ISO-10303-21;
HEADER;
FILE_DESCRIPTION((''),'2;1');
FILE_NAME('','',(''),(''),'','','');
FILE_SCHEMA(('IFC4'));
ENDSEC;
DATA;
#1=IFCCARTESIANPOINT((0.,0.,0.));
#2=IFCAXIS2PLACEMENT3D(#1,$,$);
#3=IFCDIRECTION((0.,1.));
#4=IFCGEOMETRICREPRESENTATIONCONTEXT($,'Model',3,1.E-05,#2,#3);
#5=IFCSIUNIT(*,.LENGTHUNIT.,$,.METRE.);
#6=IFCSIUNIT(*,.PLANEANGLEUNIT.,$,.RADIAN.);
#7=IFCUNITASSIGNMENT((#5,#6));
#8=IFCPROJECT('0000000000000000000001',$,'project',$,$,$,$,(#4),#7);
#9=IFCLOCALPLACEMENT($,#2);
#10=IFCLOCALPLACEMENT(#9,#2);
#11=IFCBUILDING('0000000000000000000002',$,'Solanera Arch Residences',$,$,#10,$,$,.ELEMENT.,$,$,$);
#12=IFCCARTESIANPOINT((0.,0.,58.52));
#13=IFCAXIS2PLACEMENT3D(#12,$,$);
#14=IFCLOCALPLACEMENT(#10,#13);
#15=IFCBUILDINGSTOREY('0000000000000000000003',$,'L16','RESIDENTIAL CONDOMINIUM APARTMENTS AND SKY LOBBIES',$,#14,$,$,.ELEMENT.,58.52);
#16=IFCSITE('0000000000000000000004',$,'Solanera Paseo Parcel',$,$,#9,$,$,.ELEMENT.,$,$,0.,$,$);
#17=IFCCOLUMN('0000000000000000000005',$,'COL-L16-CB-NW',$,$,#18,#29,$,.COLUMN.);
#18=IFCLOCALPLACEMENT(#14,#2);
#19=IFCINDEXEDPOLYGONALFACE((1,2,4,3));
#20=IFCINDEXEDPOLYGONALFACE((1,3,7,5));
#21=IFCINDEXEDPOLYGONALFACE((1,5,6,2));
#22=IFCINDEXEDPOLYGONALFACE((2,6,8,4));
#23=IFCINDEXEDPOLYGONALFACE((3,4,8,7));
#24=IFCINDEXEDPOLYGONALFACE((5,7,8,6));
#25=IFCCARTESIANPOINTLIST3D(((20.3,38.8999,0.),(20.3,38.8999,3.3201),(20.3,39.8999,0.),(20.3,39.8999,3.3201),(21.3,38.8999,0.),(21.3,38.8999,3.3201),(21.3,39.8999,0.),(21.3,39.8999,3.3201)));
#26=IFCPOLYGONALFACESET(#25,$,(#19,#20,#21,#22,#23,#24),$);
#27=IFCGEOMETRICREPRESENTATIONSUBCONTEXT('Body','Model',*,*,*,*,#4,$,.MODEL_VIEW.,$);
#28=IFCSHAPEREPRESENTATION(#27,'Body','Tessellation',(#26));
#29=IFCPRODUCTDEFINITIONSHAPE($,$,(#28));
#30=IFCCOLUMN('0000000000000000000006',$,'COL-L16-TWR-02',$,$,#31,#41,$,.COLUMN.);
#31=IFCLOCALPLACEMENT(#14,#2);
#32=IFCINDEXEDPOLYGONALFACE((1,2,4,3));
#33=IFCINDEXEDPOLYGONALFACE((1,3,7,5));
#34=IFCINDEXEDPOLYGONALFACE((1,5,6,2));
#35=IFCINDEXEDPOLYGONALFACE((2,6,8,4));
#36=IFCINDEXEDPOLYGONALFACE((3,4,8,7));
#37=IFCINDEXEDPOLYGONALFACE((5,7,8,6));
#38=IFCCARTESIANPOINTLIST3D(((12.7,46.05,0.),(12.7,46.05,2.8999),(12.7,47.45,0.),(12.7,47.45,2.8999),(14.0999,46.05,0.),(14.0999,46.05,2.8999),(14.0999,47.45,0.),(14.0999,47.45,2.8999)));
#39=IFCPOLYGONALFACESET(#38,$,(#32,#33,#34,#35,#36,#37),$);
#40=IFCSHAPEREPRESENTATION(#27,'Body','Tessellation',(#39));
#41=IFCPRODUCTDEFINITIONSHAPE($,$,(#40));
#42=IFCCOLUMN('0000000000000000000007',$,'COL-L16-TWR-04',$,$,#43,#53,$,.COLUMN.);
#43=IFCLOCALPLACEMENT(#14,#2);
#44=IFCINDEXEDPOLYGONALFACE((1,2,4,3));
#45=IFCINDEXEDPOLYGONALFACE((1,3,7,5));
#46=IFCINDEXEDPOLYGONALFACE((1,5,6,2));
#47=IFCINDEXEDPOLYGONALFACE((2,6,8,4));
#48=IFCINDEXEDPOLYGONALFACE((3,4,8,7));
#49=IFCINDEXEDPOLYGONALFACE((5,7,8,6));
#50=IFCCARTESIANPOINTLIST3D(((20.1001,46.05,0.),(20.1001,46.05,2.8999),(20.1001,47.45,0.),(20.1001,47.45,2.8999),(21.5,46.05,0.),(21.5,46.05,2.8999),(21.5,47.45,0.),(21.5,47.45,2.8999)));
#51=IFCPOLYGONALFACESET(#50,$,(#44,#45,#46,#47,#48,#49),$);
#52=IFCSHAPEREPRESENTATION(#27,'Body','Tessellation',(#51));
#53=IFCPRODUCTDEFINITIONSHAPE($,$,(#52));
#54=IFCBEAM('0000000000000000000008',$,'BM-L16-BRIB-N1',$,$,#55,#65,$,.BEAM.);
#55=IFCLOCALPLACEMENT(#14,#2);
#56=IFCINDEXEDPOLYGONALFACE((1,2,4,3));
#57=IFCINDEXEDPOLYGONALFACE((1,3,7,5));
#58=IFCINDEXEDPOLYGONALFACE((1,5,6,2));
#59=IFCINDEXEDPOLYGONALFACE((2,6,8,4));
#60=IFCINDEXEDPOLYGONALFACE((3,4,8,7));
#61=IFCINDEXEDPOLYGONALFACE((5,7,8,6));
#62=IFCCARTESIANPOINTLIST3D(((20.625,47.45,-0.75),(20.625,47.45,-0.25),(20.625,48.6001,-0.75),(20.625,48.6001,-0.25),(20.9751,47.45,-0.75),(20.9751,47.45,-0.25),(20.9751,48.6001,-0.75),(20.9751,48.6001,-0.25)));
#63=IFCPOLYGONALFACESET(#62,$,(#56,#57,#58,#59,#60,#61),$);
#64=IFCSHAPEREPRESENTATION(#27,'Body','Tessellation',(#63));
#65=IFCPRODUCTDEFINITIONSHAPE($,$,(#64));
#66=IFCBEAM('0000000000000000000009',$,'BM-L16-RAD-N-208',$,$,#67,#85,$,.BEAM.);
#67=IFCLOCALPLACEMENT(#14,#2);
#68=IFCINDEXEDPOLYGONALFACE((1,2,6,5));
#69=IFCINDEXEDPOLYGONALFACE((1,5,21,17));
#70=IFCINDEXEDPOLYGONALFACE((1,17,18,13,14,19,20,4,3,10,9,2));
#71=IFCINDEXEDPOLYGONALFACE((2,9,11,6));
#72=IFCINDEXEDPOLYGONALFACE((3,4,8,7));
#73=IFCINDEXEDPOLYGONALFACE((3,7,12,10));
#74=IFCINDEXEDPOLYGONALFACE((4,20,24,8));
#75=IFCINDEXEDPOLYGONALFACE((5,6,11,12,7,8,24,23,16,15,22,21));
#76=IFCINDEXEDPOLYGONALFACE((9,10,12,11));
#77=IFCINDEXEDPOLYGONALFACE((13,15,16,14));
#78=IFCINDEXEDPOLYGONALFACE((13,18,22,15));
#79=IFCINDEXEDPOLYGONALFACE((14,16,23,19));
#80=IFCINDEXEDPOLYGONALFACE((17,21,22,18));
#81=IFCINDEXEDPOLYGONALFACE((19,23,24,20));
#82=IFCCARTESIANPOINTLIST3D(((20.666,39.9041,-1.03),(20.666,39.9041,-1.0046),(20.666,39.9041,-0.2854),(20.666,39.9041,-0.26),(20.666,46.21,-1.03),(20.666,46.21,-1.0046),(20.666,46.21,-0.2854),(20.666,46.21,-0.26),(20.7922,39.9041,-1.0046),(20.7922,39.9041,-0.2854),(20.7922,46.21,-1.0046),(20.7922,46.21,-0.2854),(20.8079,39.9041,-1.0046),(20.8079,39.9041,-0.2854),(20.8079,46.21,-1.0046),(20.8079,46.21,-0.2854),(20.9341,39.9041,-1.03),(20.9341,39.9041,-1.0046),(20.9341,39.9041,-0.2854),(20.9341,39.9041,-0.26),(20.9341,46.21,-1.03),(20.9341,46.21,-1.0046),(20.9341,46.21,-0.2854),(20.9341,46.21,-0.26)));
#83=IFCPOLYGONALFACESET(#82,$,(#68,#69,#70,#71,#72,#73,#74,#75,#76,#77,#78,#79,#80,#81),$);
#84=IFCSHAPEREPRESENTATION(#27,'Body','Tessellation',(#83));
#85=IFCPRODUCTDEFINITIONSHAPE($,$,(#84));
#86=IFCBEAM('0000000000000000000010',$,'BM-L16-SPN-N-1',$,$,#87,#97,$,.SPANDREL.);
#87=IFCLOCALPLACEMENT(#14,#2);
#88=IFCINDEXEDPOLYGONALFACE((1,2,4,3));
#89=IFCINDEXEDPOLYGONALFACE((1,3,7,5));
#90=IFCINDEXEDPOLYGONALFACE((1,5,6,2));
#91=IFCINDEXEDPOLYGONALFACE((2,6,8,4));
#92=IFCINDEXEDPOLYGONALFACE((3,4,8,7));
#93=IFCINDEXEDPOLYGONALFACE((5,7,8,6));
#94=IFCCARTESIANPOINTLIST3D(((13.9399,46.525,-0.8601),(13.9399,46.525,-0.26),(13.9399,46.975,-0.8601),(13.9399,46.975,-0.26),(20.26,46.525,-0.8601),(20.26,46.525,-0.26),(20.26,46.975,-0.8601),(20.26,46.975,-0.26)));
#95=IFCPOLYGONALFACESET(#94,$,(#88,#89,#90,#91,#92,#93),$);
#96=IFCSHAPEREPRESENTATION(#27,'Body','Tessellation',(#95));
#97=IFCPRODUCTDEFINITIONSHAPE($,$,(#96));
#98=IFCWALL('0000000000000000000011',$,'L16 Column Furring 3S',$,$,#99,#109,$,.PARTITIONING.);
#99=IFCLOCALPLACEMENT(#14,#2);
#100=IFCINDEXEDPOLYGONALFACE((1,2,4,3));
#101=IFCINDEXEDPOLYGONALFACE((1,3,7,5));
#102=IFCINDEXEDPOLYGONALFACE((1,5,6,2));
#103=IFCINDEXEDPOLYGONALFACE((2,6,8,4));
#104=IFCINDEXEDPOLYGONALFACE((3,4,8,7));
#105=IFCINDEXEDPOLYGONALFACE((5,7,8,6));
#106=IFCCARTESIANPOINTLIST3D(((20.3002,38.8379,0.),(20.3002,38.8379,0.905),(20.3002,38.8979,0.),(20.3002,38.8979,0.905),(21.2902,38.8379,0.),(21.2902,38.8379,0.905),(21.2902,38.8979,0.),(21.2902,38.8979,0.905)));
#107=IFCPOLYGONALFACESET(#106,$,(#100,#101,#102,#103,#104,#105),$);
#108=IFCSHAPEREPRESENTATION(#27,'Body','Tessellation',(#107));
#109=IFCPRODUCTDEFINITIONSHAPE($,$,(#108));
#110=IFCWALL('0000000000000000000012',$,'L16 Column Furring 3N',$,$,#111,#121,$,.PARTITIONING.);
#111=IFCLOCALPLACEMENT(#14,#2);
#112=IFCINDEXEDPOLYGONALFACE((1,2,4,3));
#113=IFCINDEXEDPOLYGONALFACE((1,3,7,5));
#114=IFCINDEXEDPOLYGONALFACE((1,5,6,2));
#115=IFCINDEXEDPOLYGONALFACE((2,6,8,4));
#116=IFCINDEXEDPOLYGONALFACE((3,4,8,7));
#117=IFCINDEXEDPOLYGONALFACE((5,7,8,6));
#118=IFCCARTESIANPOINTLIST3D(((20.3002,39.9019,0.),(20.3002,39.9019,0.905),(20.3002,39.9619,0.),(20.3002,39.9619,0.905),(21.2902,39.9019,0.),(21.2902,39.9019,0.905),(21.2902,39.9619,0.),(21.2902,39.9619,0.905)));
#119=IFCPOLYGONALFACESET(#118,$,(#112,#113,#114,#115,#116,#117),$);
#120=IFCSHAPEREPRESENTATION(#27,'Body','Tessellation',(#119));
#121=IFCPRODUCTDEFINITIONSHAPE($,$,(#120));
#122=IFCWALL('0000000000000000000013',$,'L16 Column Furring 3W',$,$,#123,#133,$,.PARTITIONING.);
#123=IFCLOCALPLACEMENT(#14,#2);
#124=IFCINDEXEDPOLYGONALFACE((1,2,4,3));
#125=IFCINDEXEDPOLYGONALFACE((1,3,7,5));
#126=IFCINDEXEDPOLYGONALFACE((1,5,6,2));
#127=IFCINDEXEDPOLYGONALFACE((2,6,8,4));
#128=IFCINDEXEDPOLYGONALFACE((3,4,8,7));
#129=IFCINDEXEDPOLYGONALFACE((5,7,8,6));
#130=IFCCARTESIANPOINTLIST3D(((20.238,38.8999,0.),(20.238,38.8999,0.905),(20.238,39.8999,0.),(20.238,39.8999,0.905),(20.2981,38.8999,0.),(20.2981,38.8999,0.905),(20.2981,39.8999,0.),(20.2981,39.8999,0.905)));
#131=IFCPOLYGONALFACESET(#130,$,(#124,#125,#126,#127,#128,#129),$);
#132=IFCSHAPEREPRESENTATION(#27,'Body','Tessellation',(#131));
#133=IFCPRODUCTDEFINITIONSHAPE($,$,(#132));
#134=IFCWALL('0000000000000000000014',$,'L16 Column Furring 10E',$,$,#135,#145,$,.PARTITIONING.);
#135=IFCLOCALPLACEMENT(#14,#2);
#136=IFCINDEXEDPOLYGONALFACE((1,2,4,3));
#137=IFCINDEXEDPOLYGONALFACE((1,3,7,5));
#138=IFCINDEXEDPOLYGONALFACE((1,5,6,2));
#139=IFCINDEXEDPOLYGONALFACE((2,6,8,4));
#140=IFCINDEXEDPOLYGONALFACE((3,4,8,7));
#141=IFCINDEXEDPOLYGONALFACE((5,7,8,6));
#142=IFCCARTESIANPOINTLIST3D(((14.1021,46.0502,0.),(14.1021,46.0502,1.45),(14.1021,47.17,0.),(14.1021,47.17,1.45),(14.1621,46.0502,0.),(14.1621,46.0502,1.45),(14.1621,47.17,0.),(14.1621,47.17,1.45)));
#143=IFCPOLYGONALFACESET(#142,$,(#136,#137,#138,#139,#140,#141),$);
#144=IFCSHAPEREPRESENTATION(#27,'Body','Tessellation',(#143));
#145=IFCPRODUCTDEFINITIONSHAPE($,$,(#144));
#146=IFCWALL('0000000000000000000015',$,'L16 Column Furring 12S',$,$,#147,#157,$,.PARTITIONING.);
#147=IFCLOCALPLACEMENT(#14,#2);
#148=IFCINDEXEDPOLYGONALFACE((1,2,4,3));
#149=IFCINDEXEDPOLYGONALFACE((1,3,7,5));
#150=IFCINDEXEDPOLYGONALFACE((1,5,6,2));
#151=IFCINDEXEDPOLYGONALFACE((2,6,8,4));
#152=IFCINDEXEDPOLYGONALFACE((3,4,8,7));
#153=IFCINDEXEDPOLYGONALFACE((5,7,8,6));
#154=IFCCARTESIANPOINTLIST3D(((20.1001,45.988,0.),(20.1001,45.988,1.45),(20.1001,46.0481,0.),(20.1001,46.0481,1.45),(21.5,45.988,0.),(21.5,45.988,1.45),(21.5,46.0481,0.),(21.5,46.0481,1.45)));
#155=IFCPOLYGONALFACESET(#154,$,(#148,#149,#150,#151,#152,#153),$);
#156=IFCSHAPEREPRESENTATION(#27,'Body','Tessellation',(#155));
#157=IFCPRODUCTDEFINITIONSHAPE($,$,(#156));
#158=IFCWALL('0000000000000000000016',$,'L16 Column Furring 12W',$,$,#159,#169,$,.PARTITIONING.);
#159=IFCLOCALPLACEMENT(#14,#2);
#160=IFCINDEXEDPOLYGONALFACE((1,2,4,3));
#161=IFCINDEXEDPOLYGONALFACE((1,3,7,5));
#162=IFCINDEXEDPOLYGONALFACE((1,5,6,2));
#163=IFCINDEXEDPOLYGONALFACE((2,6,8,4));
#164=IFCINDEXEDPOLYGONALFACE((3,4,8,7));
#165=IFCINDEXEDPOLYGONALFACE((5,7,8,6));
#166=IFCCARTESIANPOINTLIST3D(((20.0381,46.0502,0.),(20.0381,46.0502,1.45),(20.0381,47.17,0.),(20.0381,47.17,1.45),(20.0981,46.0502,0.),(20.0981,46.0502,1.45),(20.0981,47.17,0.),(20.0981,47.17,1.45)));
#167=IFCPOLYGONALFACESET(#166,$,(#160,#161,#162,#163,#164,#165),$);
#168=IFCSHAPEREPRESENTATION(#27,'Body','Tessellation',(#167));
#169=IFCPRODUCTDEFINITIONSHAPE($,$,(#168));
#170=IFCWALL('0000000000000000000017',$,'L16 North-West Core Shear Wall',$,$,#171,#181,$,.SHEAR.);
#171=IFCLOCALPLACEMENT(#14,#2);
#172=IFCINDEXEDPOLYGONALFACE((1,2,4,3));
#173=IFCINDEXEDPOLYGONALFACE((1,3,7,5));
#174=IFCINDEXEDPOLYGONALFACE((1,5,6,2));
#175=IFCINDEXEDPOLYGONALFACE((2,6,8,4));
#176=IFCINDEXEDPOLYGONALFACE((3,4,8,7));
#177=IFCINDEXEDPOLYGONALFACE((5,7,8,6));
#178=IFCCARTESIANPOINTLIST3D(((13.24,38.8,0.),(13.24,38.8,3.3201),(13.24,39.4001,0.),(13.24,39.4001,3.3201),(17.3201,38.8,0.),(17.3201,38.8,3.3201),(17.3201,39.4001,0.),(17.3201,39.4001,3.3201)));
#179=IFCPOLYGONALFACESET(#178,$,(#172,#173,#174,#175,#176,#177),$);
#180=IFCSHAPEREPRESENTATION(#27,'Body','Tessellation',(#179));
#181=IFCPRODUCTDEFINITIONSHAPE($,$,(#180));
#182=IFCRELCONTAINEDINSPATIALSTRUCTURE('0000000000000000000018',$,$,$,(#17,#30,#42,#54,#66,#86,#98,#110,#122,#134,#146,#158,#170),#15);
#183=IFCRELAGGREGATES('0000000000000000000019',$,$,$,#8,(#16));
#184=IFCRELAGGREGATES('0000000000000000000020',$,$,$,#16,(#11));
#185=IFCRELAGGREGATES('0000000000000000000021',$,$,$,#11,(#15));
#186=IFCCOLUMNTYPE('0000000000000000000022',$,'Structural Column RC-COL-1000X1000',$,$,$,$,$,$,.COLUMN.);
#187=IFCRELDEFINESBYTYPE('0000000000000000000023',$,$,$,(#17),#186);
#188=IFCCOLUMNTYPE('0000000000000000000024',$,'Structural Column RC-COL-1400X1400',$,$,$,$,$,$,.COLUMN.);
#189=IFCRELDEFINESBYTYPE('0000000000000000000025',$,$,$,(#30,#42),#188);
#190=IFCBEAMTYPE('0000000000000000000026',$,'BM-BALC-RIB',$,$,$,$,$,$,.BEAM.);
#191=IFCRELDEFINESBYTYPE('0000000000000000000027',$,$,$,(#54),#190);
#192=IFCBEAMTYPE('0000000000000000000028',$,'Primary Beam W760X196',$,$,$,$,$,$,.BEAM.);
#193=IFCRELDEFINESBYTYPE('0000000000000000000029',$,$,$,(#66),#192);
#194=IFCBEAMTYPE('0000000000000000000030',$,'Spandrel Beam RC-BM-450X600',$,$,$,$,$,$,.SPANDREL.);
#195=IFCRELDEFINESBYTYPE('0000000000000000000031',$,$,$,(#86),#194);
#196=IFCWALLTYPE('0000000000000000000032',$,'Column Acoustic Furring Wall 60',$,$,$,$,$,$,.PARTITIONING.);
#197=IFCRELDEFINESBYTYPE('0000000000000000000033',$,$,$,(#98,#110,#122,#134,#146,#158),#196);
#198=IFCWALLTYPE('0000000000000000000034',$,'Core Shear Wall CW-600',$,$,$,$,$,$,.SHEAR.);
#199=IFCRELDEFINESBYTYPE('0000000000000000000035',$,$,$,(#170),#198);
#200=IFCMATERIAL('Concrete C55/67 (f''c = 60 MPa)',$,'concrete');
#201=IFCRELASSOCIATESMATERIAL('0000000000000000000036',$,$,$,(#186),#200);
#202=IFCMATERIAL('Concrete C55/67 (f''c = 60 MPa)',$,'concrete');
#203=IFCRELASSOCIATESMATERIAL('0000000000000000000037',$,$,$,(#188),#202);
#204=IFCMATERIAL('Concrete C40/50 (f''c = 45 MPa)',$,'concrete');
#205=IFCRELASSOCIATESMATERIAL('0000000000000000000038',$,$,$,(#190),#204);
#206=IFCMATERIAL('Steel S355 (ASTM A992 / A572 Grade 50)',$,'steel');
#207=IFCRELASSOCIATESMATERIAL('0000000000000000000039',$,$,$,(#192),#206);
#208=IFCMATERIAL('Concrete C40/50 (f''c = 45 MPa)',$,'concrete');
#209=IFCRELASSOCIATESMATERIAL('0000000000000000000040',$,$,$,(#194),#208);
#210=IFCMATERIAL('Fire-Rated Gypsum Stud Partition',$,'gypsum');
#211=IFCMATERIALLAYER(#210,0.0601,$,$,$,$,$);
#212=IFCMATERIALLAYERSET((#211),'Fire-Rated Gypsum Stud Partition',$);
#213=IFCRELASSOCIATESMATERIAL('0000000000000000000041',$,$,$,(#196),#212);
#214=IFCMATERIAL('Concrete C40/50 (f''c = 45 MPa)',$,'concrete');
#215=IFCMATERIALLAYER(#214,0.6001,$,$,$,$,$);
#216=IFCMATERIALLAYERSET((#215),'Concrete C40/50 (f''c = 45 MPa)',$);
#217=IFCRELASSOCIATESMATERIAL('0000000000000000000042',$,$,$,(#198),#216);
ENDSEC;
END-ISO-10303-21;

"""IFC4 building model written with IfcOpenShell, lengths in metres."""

from ifc_helpers import new_model, si_unit, direction, frame, frame_2d, origin, origin_2d, place, context, subcontext, project, spatial, rectangle, i_section, extrude, material, layer, layer_set, material_profile, profile_set, type_object, element, save


model = new_model("IFC4")

# Units and contexts
model_context = context("Model", 3, precision=1e-05, world=origin(), true_north=direction((0.0, 1.0)))
body_context = subcontext(model_context, "Body", "Model", "MODEL_VIEW")
ifc_project = project(units=[si_unit("LENGTHUNIT", "METRE"), si_unit("PLANEANGLEUNIT", "RADIAN")], contexts=[model_context])

# Site, building, storey
site_placement = place(None, origin())
site = spatial("IfcSite", under=ifc_project, at=site_placement, Name="Solanera Paseo Parcel", CompositionType="ELEMENT", RefElevation=0.0)
building_placement = place(site_placement, origin())
building = spatial("IfcBuilding", under=site, at=building_placement, Name="Solanera Arch Residences", CompositionType="ELEMENT")
storey_placement = place(building_placement, frame((0.0, 0.0, 58.52)))
storey = spatial("IfcBuildingStorey", under=building, at=storey_placement, Name="L16", Description="RESIDENTIAL CONDOMINIUM APARTMENTS AND SKY LOBBIES", CompositionType="ELEMENT", Elevation=58.52)

# Columns
ifc_material_1 = material(Name="Concrete C55/67 (f'c = 60 MPa)", Category="concrete")
ifc_material_profile_1 = material_profile(ifc_material_1, rectangle(XDim=1.0, YDim=1.0, at=origin_2d()))
ifc_profile_set_1 = profile_set([ifc_material_profile_1], Name="Concrete C55/67 (f'c = 60 MPa)")
column_type_1 = type_object("IfcColumnType", Name="Structural Column RC-COL-1000X1000", PredefinedType="COLUMN", material=ifc_profile_set_1)
column_placement = place(storey_placement, frame((20.8, 39.3999, 0.0), z_axis=(0.0, 0.0, 1.0), x_axis=(1.0, 0.0, 0.0)))
element("IfcColumn", 1, at=column_placement, inside=storey, type_object=column_type_1, Name="COL-L16-CB-NW", PredefinedType="COLUMN", context=body_context, shape_type="SweptSolid", body=[
    extrude(rectangle(XDim=1.0, YDim=1.0, at=origin_2d()), origin(), (0.0, 0.0, 1.0), 3.3201),
])
ifc_material_2 = material(Name="Concrete C55/67 (f'c = 60 MPa)", Category="concrete")
ifc_material_profile_2 = material_profile(ifc_material_2, rectangle(XDim=1.3999, YDim=1.3999, at=origin_2d()))
ifc_profile_set_2 = profile_set([ifc_material_profile_2], Name="Concrete C55/67 (f'c = 60 MPa)")
column_type_2 = type_object("IfcColumnType", Name="Structural Column RC-COL-1400X1400", PredefinedType="COLUMN", material=ifc_profile_set_2)
for number, where, z_axis, x_axis, name in (
    (2, (13.3999, 46.75, 0.0), (0.0, 0.0, 1.0), (1.0, 0.0, 0.0), "COL-L16-TWR-02"),
    (3, (20.8, 46.75, 0.0), (0.0, 0.0, 1.0), (1.0, 0.0, 0.0), "COL-L16-TWR-04"),
):
    element("IfcColumn", number, at=place(storey_placement, frame(where, z_axis=z_axis, x_axis=x_axis)), inside=storey, type_object=column_type_2, Name=name, PredefinedType="COLUMN", context=body_context, shape_type="SweptSolid", body=[
        extrude(rectangle(XDim=1.3999, YDim=1.3999, at=origin_2d()), origin(), (0.0, 0.0, 1.0), 2.8999),
    ])

# Beams
ifc_material_3 = material(Name="Concrete C40/50 (f'c = 45 MPa)", Category="concrete")
ifc_material_profile_3 = material_profile(ifc_material_3, rectangle(XDim=0.3501, YDim=0.5, at=origin_2d()))
ifc_profile_set_3 = profile_set([ifc_material_profile_3], Name="Concrete C40/50 (f'c = 45 MPa)")
beam_type_1 = type_object("IfcBeamType", Name="BM-BALC-RIB", PredefinedType="BEAM", material=ifc_profile_set_3)
beam_1_placement = place(storey_placement, frame((20.8, 47.45, -0.5), z_axis=(0.0, 1.0, 0.0), x_axis=(-1.0, 0.0, 0.0)))
element("IfcBeam", 4, at=beam_1_placement, inside=storey, type_object=beam_type_1, Name="BM-L16-BRIB-N1", PredefinedType="BEAM", context=body_context, shape_type="SweptSolid", body=[
    extrude(rectangle(XDim=0.3501, YDim=0.5, at=origin_2d()), origin(), (0.0, 0.0, 1.0), 1.1501),
])
ifc_material_4 = material(Name="Steel S355 (ASTM A992 / A572 Grade 50)", Category="steel")
ifc_material_profile_4 = material_profile(ifc_material_4, i_section(OverallWidth=0.2681, OverallDepth=0.77, WebThickness=0.0156, FlangeThickness=0.0254, at=origin_2d()))
ifc_profile_set_4 = profile_set([ifc_material_profile_4], Name="Steel S355 (ASTM A992 / A572 Grade 50)")
beam_type_2 = type_object("IfcBeamType", Name="Primary Beam W760X196", PredefinedType="BEAM", material=ifc_profile_set_4)
beam_2_placement = place(storey_placement, frame((20.8, 39.9041, -0.645), z_axis=(0.0, 1.0, 0.0), x_axis=(-1.0, 0.0, 0.0)))
element("IfcBeam", 5, at=beam_2_placement, inside=storey, type_object=beam_type_2, Name="BM-L16-RAD-N-208", PredefinedType="BEAM", context=body_context, shape_type="SweptSolid", body=[
    extrude(i_section(OverallWidth=0.2681, OverallDepth=0.77, WebThickness=0.0156, FlangeThickness=0.0254, at=origin_2d()), origin(), (0.0, 0.0, 1.0), 6.3059),
])
ifc_material_5 = material(Name="Concrete C40/50 (f'c = 45 MPa)", Category="concrete")
ifc_material_profile_5 = material_profile(ifc_material_5, rectangle(XDim=0.45, YDim=0.6001, at=origin_2d()))
ifc_profile_set_5 = profile_set([ifc_material_profile_5], Name="Concrete C40/50 (f'c = 45 MPa)")
beam_type_3 = type_object("IfcBeamType", Name="Spandrel Beam RC-BM-450X600", PredefinedType="SPANDREL", material=ifc_profile_set_5)
beam_3_placement = place(storey_placement, frame((13.9399, 46.75, -0.5601), z_axis=(1.0, 0.0, 0.0), x_axis=(0.0, 1.0, 0.0)))
element("IfcBeam", 6, at=beam_3_placement, inside=storey, type_object=beam_type_3, Name="BM-L16-SPN-N-1", PredefinedType="SPANDREL", context=body_context, shape_type="SweptSolid", body=[
    extrude(rectangle(XDim=0.45, YDim=0.6001, at=origin_2d()), origin(), (0.0, 0.0, 1.0), 6.3201),
])

# Walls
ifc_material_6 = material(Name="Fire-Rated Gypsum Stud Partition", Category="gypsum")
ifc_layer_1 = layer(ifc_material_6, 0.0601)
ifc_layer_set_1 = layer_set([ifc_layer_1], Name="Fire-Rated Gypsum Stud Partition")
wall_type_1 = type_object("IfcWallType", Name="Column Acoustic Furring Wall 60", PredefinedType="PARTITIONING", material=ifc_layer_set_1)
for number, where, z_axis, x_axis, name in (
    (7, (20.3, 38.8679, 0.0), (0.0, 0.0, 1.0), (1.0, 0.0, 0.0), "L16 Column Furring 3S"),
    (8, (20.3, 39.9319, 0.0), (0.0, 0.0, 1.0), (1.0, 0.0, 0.0), "L16 Column Furring 3N"),
):
    element("IfcWall", number, at=place(storey_placement, frame(where, z_axis=z_axis, x_axis=x_axis)), inside=storey, type_object=wall_type_1, Name=name, PredefinedType="PARTITIONING", context=body_context, shape_type="SweptSolid", body=[
        extrude(rectangle(XDim=0.99, YDim=0.0601, at=frame_2d((0.4951, 0.0))), origin(), (0.0, 0.0, 1.0), 0.905),
    ])
wall_1_placement = place(storey_placement, frame((20.2681, 38.8999, 0.0), z_axis=(0.0, 0.0, 1.0), x_axis=(0.0, 1.0, 0.0)))
element("IfcWall", 9, at=wall_1_placement, inside=storey, type_object=wall_type_1, Name="L16 Column Furring 3W", PredefinedType="PARTITIONING", context=body_context, shape_type="SweptSolid", body=[
    extrude(rectangle(XDim=1.0, YDim=0.0601, at=frame_2d((0.5, 0.0))), origin(), (0.0, 0.0, 1.0), 0.905),
])
wall_2_placement = place(storey_placement, frame((14.1321, 46.05, 0.0), z_axis=(0.0, 0.0, 1.0), x_axis=(0.0, 1.0, 0.0)))
element("IfcWall", 10, at=wall_2_placement, inside=storey, type_object=wall_type_1, Name="L16 Column Furring 10E", PredefinedType="PARTITIONING", context=body_context, shape_type="SweptSolid", body=[
    extrude(rectangle(XDim=1.1199, YDim=0.0601, at=frame_2d((0.5601, 0.0))), origin(), (0.0, 0.0, 1.0), 1.45),
])
wall_3_placement = place(storey_placement, frame((20.1001, 46.0181, 0.0), z_axis=(0.0, 0.0, 1.0), x_axis=(1.0, 0.0, 0.0)))
element("IfcWall", 11, at=wall_3_placement, inside=storey, type_object=wall_type_1, Name="L16 Column Furring 12S", PredefinedType="PARTITIONING", context=body_context, shape_type="SweptSolid", body=[
    extrude(rectangle(XDim=1.3999, YDim=0.0601, at=frame_2d((0.7, 0.0))), origin(), (0.0, 0.0, 1.0), 1.45),
])
wall_4_placement = place(storey_placement, frame((20.0681, 46.05, 0.0), z_axis=(0.0, 0.0, 1.0), x_axis=(0.0, 1.0, 0.0)))
element("IfcWall", 12, at=wall_4_placement, inside=storey, type_object=wall_type_1, Name="L16 Column Furring 12W", PredefinedType="PARTITIONING", context=body_context, shape_type="SweptSolid", body=[
    extrude(rectangle(XDim=1.1199, YDim=0.0601, at=frame_2d((0.5601, 0.0))), origin(), (0.0, 0.0, 1.0), 1.45),
])
ifc_material_7 = material(Name="Concrete C40/50 (f'c = 45 MPa)", Category="concrete")
ifc_layer_2 = layer(ifc_material_7, 0.6001)
ifc_layer_set_2 = layer_set([ifc_layer_2], Name="Concrete C40/50 (f'c = 45 MPa)")
wall_type_2 = type_object("IfcWallType", Name="Core Shear Wall CW-600", PredefinedType="SHEAR", material=ifc_layer_set_2)
wall_5_placement = place(storey_placement, frame((13.24, 39.1001, 0.0), z_axis=(0.0, 0.0, 1.0), x_axis=(1.0, 0.0, 0.0)))
element("IfcWall", 13, at=wall_5_placement, inside=storey, type_object=wall_type_2, Name="L16 North-West Core Shear Wall", PredefinedType="SHEAR", context=body_context, shape_type="SweptSolid", body=[
    extrude(rectangle(XDim=4.0801, YDim=0.6001, at=frame_2d((2.04, 0.0))), origin(), (0.0, 0.0, 1.0), 3.3201),
])

save(model, "model.ifc")
